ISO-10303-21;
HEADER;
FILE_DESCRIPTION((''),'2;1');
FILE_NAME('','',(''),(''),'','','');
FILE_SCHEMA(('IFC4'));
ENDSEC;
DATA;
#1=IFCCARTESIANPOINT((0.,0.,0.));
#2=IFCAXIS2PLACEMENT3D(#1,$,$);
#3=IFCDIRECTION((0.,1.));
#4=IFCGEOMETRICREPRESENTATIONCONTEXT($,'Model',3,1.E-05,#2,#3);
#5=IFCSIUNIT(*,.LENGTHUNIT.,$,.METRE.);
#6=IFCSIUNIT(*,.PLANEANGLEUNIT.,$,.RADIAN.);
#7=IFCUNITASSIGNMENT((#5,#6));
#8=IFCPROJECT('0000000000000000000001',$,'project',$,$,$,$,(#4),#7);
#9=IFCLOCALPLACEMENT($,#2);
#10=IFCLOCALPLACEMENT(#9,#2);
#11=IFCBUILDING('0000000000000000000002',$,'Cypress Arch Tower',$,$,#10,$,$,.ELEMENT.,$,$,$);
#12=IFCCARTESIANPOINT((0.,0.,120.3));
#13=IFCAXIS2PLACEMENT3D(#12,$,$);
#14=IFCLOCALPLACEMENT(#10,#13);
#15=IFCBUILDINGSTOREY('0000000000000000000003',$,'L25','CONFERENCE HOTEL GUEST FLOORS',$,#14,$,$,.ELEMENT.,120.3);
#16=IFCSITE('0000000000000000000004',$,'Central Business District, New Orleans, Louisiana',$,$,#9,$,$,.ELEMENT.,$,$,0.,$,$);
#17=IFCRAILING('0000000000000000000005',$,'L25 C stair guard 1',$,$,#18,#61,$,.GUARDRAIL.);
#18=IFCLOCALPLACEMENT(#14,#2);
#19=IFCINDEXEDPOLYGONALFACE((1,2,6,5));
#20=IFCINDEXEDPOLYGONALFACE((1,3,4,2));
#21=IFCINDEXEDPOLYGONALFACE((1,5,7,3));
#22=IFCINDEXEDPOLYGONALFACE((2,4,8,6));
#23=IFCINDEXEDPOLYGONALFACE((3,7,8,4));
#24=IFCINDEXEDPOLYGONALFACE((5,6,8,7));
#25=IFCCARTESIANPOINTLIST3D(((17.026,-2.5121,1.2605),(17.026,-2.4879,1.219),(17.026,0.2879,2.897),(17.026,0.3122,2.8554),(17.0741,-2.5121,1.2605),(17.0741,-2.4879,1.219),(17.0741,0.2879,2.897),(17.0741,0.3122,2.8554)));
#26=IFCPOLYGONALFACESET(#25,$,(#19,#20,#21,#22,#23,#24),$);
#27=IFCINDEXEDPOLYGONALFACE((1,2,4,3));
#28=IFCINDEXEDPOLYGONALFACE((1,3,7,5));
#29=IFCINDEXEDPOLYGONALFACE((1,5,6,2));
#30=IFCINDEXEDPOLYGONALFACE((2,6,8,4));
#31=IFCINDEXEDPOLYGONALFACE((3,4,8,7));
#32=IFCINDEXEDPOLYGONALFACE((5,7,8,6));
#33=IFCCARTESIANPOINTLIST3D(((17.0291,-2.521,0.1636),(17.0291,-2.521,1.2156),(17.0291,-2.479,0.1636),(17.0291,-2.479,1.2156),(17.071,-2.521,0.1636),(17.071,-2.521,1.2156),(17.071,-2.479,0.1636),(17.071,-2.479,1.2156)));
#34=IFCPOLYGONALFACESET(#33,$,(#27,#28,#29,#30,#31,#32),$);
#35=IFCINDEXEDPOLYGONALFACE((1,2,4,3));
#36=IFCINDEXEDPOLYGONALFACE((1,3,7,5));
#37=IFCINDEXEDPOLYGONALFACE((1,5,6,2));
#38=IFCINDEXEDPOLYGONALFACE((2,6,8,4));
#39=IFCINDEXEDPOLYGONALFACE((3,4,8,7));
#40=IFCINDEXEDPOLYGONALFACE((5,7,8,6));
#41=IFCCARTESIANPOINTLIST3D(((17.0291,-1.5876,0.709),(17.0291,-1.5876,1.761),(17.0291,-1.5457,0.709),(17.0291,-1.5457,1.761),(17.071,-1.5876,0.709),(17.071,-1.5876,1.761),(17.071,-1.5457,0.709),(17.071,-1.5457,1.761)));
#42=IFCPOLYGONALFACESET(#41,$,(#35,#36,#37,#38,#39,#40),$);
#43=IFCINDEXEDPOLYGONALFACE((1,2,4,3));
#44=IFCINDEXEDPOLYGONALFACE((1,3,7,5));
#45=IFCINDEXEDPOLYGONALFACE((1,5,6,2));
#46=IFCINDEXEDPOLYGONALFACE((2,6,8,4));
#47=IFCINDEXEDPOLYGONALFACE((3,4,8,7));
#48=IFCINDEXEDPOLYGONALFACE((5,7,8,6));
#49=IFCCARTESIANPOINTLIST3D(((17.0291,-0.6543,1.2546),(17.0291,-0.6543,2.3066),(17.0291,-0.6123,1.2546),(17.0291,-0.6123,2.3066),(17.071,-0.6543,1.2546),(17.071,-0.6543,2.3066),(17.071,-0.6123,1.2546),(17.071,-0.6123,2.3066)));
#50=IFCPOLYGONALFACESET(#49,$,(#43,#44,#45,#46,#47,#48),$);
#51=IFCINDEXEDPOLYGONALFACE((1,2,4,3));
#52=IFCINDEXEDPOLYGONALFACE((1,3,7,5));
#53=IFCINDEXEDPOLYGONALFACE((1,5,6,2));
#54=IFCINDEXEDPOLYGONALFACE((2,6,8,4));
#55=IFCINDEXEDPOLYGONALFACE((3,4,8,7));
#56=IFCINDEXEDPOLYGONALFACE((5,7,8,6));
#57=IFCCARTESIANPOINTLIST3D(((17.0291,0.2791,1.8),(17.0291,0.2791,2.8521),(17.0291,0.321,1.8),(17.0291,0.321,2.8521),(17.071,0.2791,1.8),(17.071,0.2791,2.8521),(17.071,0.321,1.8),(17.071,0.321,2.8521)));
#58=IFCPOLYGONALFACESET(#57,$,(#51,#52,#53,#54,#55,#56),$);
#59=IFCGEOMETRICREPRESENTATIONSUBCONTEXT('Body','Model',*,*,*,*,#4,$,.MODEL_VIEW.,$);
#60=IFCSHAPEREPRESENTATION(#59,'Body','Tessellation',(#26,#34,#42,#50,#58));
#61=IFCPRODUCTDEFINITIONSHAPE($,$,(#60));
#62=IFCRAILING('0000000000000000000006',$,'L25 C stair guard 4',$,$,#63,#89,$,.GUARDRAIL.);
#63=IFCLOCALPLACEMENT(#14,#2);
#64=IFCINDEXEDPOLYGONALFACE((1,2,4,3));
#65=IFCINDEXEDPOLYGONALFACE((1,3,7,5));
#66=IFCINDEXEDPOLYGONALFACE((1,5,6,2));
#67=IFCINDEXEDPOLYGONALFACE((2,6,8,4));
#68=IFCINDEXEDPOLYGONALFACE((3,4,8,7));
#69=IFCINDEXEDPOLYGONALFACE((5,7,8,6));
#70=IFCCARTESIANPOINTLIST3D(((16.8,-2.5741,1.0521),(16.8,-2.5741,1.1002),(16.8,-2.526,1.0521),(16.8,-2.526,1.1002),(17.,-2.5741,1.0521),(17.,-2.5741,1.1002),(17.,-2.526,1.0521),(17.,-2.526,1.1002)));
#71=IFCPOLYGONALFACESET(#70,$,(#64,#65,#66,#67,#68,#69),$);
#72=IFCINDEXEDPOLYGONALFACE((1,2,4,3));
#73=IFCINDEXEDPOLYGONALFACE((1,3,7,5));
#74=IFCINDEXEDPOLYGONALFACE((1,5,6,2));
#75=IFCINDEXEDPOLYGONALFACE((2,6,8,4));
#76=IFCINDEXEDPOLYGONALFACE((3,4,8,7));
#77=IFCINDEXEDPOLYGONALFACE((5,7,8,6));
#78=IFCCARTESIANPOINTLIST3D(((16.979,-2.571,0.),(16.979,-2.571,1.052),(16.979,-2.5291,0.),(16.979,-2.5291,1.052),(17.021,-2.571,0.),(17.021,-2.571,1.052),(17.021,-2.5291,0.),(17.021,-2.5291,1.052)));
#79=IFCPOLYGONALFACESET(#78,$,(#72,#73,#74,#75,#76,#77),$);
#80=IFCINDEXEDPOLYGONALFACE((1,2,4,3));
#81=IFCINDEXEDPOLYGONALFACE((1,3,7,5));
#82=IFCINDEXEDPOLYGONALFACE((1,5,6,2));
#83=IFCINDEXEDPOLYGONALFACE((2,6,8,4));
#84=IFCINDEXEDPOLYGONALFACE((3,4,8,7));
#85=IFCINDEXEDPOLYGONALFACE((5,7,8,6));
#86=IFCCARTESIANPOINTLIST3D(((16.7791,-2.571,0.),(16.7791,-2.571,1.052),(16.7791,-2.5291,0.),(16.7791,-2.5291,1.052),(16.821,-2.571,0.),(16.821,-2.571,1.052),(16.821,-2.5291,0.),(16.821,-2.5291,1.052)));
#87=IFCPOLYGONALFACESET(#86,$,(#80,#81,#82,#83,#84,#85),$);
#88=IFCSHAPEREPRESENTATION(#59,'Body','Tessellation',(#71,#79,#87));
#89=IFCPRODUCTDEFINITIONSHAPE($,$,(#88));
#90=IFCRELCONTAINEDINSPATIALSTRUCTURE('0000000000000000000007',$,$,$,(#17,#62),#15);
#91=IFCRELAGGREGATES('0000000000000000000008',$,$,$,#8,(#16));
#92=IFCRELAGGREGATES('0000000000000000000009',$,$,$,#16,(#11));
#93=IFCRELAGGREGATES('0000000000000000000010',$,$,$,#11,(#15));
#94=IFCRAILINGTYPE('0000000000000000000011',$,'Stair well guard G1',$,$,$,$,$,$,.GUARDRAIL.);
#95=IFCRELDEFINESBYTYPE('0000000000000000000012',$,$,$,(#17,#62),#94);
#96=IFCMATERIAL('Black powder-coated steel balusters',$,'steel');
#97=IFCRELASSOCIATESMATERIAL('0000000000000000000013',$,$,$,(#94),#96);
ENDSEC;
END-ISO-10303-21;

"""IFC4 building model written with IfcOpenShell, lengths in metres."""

from ifc_helpers import new_model, si_unit, direction, frame, origin, origin_2d, place, context, subcontext, project, spatial, rectangle, extrude, material, type_object, element, save


model = new_model("IFC4")

# Units and contexts
model_context = context("Model", 3, precision=1e-05, world=origin(), true_north=direction((0.0, 1.0)))
body_context = subcontext(model_context, "Body", "Model", "MODEL_VIEW")
ifc_project = project(units=[si_unit("LENGTHUNIT", "METRE"), si_unit("PLANEANGLEUNIT", "RADIAN")], contexts=[model_context])

# Site, building, storey
site_placement = place(None, origin())
site = spatial("IfcSite", under=ifc_project, at=site_placement, Name="Central Business District, New Orleans, Louisiana", CompositionType="ELEMENT", RefElevation=0.0)
building_placement = place(site_placement, origin())
building = spatial("IfcBuilding", under=site, at=building_placement, Name="Cypress Arch Tower", CompositionType="ELEMENT")
storey_placement = place(building_placement, frame((0.0, 0.0, 120.3)))
storey = spatial("IfcBuildingStorey", under=building, at=storey_placement, Name="L25", Description="CONFERENCE HOTEL GUEST FLOORS", CompositionType="ELEMENT", Elevation=120.3)

# Railings
ifc_material_1 = material(Name="Black powder-coated steel balusters", Category="steel")
railing_type_1 = type_object("IfcRailingType", Name="Stair well guard G1", PredefinedType="GUARDRAIL", material=ifc_material_1)
railing_1_placement = place(storey_placement, frame((17.05, -2.5, 0.1636)))
element("IfcRailing", 1, at=railing_1_placement, inside=storey, type_object=railing_type_1, Name="L25 C stair guard 1", PredefinedType="GUARDRAIL", context=body_context, shape_type="SweptSolid", body=[
    extrude(rectangle(XDim=0.0481, YDim=0.0481, at=origin_2d()), frame((0.0, 0.0, 1.0762), z_axis=(0.0, 0.863361, 0.504587), x_axis=(-1.0, 0.0, 0.0)), (0.0, 0.0, 1.0), 3.2432),
    extrude(rectangle(XDim=0.042, YDim=0.042, at=origin_2d()), origin(), (0.0, 0.0, 1.0), 1.052),
    extrude(rectangle(XDim=0.042, YDim=0.042, at=origin_2d()), frame((0.0, 0.9333, 0.5454)), (0.0, 0.0, 1.0), 1.052),
    extrude(rectangle(XDim=0.042, YDim=0.042, at=origin_2d()), frame((0.0, 1.8667, 1.0911)), (0.0, 0.0, 1.0), 1.052),
    extrude(rectangle(XDim=0.042, YDim=0.042, at=origin_2d()), frame((0.0, 2.8, 1.6365)), (0.0, 0.0, 1.0), 1.052),
])
railing_2_placement = place(storey_placement, frame((17.0, -2.55, 0.0)))
element("IfcRailing", 2, at=railing_2_placement, inside=storey, type_object=railing_type_1, Name="L25 C stair guard 4", PredefinedType="GUARDRAIL", context=body_context, shape_type="SweptSolid", body=[
    extrude(rectangle(XDim=0.0481, YDim=0.0481, at=origin_2d()), frame((0.0, 0.0, 1.0762), z_axis=(-1.0, 0.0, 0.0), x_axis=(0.0, -1.0, 0.0)), (0.0, 0.0, 1.0), 0.2),
    extrude(rectangle(XDim=0.042, YDim=0.042, at=origin_2d()), origin(), (0.0, 0.0, 1.0), 1.052),
    extrude(rectangle(XDim=0.042, YDim=0.042, at=origin_2d()), frame((-0.2, 0.0, 0.0)), (0.0, 0.0, 1.0), 1.052),
])

save(model, "model.ifc")
